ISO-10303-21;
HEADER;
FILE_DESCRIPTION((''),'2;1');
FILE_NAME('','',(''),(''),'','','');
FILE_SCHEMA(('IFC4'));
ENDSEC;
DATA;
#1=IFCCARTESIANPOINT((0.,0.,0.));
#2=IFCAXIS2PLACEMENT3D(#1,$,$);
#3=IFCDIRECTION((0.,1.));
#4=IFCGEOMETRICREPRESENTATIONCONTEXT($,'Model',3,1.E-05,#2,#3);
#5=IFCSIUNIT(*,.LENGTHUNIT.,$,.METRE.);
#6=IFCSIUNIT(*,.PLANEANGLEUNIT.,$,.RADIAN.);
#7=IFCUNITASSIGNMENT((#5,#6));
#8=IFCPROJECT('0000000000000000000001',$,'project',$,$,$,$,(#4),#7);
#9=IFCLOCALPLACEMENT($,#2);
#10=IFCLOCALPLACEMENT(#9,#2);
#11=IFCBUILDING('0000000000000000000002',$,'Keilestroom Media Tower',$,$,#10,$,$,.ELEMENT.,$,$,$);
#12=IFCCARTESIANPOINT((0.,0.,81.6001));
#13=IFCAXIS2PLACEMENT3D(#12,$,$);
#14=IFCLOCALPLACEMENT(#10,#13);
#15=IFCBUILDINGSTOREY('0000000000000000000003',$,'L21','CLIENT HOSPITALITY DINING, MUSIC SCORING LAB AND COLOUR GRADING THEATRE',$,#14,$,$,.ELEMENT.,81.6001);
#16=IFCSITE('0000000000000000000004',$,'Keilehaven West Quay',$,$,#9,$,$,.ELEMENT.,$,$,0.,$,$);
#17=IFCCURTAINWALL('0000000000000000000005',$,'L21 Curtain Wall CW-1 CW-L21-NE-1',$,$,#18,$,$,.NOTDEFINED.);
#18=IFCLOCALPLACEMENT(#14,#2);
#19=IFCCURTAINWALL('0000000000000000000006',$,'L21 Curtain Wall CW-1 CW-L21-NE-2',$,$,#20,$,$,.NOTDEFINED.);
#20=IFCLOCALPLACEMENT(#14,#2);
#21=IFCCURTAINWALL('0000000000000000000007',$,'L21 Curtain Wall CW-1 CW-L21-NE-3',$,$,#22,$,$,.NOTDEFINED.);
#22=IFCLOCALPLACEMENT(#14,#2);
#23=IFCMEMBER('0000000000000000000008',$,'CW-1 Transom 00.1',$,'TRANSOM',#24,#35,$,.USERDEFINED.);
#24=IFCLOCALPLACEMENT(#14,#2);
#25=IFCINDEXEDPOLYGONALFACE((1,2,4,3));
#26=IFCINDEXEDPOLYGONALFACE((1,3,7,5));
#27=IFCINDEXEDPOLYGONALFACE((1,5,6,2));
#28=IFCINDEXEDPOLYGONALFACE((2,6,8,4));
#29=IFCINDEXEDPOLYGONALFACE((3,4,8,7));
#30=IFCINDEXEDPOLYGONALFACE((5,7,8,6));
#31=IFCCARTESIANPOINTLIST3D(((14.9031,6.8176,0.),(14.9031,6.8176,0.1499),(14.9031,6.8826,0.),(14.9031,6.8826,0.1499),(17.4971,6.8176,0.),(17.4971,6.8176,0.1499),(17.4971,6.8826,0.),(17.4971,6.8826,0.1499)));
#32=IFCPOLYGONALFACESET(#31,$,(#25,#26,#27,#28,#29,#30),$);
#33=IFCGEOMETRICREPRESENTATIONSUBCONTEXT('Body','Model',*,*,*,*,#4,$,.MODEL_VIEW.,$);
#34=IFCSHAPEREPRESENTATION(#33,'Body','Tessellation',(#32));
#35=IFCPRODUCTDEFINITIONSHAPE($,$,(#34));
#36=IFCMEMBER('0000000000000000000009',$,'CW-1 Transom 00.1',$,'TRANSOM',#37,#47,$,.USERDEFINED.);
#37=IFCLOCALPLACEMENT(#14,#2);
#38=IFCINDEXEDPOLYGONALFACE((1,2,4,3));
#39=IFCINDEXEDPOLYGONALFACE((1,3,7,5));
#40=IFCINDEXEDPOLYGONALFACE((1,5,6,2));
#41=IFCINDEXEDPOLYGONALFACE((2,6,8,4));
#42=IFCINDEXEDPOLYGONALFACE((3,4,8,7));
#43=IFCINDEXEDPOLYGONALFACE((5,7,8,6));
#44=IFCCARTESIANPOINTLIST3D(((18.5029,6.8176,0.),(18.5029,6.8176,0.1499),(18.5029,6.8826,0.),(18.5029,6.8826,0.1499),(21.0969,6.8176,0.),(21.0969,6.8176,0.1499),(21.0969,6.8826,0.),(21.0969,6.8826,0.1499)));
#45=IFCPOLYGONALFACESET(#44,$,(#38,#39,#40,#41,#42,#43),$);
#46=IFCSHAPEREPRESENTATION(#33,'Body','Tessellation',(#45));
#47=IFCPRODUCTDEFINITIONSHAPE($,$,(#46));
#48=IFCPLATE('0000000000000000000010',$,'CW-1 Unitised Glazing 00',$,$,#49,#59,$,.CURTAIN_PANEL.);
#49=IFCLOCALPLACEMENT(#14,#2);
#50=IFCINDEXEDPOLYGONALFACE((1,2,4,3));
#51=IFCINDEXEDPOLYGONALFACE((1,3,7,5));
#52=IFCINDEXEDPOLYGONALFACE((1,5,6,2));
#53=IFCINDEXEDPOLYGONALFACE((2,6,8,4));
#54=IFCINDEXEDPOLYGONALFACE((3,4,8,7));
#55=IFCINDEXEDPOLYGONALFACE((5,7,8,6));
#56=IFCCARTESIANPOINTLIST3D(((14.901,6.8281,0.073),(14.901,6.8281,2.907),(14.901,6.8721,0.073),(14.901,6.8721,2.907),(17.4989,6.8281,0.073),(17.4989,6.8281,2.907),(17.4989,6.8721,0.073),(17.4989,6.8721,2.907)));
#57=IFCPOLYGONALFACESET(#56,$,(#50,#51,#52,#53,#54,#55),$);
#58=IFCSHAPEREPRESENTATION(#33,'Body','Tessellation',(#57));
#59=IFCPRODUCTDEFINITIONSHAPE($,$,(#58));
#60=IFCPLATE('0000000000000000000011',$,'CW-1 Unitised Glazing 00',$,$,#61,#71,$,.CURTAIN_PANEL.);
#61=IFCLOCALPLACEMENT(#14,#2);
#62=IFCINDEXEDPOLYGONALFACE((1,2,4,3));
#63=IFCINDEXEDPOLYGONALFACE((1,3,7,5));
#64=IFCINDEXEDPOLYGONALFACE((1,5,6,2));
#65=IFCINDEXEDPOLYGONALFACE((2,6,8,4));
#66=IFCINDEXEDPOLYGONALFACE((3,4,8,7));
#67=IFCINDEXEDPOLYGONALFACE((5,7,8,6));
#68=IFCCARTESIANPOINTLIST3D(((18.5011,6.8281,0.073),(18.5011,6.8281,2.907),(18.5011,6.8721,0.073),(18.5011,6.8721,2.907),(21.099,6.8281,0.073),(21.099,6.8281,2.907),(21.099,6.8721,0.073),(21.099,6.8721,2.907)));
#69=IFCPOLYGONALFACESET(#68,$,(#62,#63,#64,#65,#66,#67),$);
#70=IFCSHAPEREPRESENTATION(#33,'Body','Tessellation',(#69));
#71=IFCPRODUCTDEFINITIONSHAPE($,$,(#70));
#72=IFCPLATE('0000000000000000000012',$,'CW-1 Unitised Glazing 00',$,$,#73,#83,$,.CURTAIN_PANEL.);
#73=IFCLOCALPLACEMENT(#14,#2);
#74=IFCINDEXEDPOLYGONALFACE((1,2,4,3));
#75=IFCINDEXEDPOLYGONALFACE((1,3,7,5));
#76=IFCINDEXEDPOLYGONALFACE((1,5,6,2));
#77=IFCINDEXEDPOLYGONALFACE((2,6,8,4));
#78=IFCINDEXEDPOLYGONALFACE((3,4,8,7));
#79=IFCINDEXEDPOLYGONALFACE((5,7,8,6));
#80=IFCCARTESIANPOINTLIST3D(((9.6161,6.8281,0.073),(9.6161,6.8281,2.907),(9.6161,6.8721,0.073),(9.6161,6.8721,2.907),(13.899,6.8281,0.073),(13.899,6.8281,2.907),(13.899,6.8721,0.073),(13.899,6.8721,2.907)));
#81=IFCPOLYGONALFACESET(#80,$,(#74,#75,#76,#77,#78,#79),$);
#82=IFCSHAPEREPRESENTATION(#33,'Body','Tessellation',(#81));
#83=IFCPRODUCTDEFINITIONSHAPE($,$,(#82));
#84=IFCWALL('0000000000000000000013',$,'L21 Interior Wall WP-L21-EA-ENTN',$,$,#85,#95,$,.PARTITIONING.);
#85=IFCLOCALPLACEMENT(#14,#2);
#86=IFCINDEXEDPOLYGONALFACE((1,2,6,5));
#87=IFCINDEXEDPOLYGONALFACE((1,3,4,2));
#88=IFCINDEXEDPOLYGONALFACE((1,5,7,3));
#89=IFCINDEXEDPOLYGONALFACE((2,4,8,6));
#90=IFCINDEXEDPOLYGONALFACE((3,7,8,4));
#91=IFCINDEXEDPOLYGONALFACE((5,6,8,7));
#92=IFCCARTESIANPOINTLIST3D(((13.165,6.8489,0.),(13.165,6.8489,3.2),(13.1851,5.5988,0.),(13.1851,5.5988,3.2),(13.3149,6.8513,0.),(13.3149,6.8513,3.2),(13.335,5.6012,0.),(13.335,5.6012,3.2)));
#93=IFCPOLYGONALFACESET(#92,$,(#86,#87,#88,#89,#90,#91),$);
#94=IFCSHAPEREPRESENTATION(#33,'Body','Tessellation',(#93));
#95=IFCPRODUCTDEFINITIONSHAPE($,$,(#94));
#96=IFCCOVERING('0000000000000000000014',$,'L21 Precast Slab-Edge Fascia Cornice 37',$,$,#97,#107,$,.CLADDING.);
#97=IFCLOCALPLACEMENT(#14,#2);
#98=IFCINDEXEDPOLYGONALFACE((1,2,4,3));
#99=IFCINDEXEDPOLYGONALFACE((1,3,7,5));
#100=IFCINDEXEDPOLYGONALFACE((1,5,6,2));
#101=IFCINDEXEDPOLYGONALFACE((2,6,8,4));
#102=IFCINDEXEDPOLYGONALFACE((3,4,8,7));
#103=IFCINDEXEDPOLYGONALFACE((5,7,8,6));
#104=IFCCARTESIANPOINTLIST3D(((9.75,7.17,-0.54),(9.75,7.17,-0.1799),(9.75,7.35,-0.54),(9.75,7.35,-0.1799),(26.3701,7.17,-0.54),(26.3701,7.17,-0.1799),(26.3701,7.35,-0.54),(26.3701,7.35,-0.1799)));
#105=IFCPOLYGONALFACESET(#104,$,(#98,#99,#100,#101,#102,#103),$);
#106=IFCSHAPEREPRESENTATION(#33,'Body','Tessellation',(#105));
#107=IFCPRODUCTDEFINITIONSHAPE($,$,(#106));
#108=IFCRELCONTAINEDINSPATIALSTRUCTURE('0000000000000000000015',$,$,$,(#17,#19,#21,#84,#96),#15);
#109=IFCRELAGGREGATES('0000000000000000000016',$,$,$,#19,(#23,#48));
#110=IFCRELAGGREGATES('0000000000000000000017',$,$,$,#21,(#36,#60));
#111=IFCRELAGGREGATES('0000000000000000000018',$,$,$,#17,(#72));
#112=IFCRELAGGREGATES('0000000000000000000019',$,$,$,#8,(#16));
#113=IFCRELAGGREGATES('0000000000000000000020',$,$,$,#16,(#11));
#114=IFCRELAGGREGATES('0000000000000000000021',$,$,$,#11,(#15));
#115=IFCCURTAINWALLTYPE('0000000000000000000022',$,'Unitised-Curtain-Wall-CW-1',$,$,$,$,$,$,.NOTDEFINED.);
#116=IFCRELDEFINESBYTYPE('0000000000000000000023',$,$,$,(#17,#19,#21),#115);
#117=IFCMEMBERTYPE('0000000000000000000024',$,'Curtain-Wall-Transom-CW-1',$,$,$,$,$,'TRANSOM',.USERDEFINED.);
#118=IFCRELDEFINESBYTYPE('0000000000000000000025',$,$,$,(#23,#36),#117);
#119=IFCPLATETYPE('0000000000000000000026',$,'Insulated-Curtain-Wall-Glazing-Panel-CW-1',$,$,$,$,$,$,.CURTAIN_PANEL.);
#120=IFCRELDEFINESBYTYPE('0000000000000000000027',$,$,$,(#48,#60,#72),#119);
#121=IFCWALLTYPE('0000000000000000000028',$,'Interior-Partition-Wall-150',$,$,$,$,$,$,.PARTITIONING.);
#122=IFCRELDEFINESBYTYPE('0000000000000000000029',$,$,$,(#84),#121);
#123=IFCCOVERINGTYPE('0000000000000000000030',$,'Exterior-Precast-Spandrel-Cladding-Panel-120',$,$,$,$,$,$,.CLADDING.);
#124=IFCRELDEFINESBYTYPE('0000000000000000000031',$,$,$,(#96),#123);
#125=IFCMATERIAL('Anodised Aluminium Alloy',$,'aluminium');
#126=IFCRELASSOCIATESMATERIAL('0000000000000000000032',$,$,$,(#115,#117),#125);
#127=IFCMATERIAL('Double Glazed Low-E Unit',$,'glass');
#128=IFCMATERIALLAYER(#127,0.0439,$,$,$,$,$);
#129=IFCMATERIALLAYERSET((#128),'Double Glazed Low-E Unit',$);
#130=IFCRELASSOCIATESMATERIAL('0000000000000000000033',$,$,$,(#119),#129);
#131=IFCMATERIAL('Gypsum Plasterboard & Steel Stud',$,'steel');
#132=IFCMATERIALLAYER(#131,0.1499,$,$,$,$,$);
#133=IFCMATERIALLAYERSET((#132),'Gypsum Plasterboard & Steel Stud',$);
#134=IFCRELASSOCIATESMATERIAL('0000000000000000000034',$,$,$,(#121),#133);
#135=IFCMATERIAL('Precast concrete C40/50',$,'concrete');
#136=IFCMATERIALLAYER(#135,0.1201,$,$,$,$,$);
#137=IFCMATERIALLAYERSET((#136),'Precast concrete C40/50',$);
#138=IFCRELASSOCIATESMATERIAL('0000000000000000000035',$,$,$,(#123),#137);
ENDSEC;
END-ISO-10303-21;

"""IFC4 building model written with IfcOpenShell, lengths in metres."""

from ifc_helpers import new_model, si_unit, direction, frame, frame_2d, origin, origin_2d, place, context, subcontext, project, spatial, rectangle, extrude, source, transform, mapped, material, layer, layer_set, material_profile, profile_set, type_object, element, aggregate, save


model = new_model("IFC4")

# Units and contexts
model_context = context("Model", 3, precision=1e-05, world=origin(), true_north=direction((0.0, 1.0)))
body_context = subcontext(model_context, "Body", "Model", "MODEL_VIEW")
ifc_project = project(units=[si_unit("LENGTHUNIT", "METRE"), si_unit("PLANEANGLEUNIT", "RADIAN")], contexts=[model_context])

# Site, building, storey
site_placement = place(None, origin())
site = spatial("IfcSite", under=ifc_project, at=site_placement, Name="Keilehaven West Quay", CompositionType="ELEMENT", RefElevation=0.0)
building_placement = place(site_placement, origin())
building = spatial("IfcBuilding", under=site, at=building_placement, Name="Keilestroom Media Tower", CompositionType="ELEMENT")
storey_placement = place(building_placement, frame((0.0, 0.0, 81.6001)))
storey = spatial("IfcBuildingStorey", under=building, at=storey_placement, Name="L21", Description="CLIENT HOSPITALITY DINING, MUSIC SCORING LAB AND COLOUR GRADING THEATRE", CompositionType="ELEMENT", Elevation=81.6001)

# Shared definitions
ifc_material_1 = material(Name="Precast concrete C40/50", Category="concrete")

# Curtain wall
ifc_material_2 = material(Name="Anodised Aluminium Alloy", Category="aluminium")
curtain_wall_type = type_object("IfcCurtainWallType", Name="Unitised-Curtain-Wall-CW-1", PredefinedType="NOTDEFINED", material=ifc_material_2)
curtain_wall_1_placement = place(storey_placement, origin())
curtain_wall_1 = element("IfcCurtainWall", 1, at=curtain_wall_1_placement, inside=storey, type_object=curtain_wall_type, Name="L21 Curtain Wall CW-1 CW-L21-NE-1", PredefinedType="NOTDEFINED")

# Curtain walls
curtain_wall_2_placement = place(storey_placement, origin())
curtain_wall_2 = element("IfcCurtainWall", 2, at=curtain_wall_2_placement, inside=storey, type_object=curtain_wall_type, Name="L21 Curtain Wall CW-1 CW-L21-NE-2", PredefinedType="NOTDEFINED")
curtain_wall_3_placement = place(storey_placement, origin())
curtain_wall_3 = element("IfcCurtainWall", 3, at=curtain_wall_3_placement, inside=storey, type_object=curtain_wall_type, Name="L21 Curtain Wall CW-1 CW-L21-NE-3", PredefinedType="NOTDEFINED")

# Members
ifc_material_profile_1 = material_profile(ifc_material_2, rectangle(XDim=0.0649, YDim=0.1499, at=origin_2d()), Name="ALU TRANSOM 65x150")
ifc_profile_set_1 = profile_set([ifc_material_profile_1], Name="Anodised Aluminium Alloy")
member_type_1 = type_object("IfcMemberType", Name="Curtain-Wall-Transom-CW-1", ElementType="TRANSOM", PredefinedType="USERDEFINED", material=ifc_profile_set_1)
shared_shape_1 = source(origin(), body_context, "Body", "SweptSolid", [
    extrude(rectangle(XDim=0.0649, YDim=0.1499, at=origin_2d()), origin(), (0.0, 0.0, 1.0), 2.594),
])
member_1_placement = place(storey_placement, frame((14.9031, 6.8501, 0.075), z_axis=(1.0, 0.0, 0.0), x_axis=(0.0, 1.0, 0.0)))
member_1 = element("IfcMember", 4, at=member_1_placement, type_object=member_type_1, Name="CW-1 Transom 00.1", ObjectType="TRANSOM", PredefinedType="USERDEFINED", context=body_context, shape_type="MappedRepresentation", body=[
    mapped(shared_shape_1, transform((0.0, 0.0, 0.0), x_axis=(1.0, 0.0, 0.0), y_axis=(0.0, 1.0, 0.0), z_axis=(0.0, 0.0, 1.0), scale=1.0)),
])
member_2_placement = place(storey_placement, frame((18.5029, 6.8501, 0.075), z_axis=(1.0, 0.0, 0.0), x_axis=(0.0, 1.0, 0.0)))
member_2 = element("IfcMember", 5, at=member_2_placement, type_object=member_type_1, Name="CW-1 Transom 00.1", ObjectType="TRANSOM", PredefinedType="USERDEFINED", context=body_context, shape_type="MappedRepresentation", body=[
    mapped(shared_shape_1, transform((0.0, 0.0, 0.0), x_axis=(1.0, 0.0, 0.0), y_axis=(0.0, 1.0, 0.0), z_axis=(0.0, 0.0, 1.0), scale=1.0)),
])

# Plates
ifc_material_3 = material(Name="Double Glazed Low-E Unit", Category="glass")
ifc_layer_1 = layer(ifc_material_3, 0.0439)
ifc_layer_set_1 = layer_set([ifc_layer_1], Name="Double Glazed Low-E Unit")
plate_type = type_object("IfcPlateType", Name="Insulated-Curtain-Wall-Glazing-Panel-CW-1", PredefinedType="CURTAIN_PANEL", material=ifc_layer_set_1)
shared_shape_2 = source(origin(), body_context, "Body", "SweptSolid", [
    extrude(rectangle(XDim=2.5979, YDim=0.0439, at=origin_2d()), origin(), (0.0, 0.0, 1.0), 2.834),
])
plate_1_placement = place(storey_placement, frame((16.2, 6.8501, 0.073), z_axis=(0.0, 0.0, 1.0), x_axis=(1.0, 0.0, 0.0)))
plate_1 = element("IfcPlate", 6, at=plate_1_placement, type_object=plate_type, Name="CW-1 Unitised Glazing 00", PredefinedType="CURTAIN_PANEL", context=body_context, shape_type="MappedRepresentation", body=[
    mapped(shared_shape_2, transform((0.0, 0.0, 0.0), x_axis=(1.0, 0.0, 0.0), y_axis=(0.0, 1.0, 0.0), z_axis=(0.0, 0.0, 1.0), scale=1.0)),
])
aggregate(curtain_wall_2, [member_1, plate_1])
plate_2_placement = place(storey_placement, frame((19.8, 6.8501, 0.073), z_axis=(0.0, 0.0, 1.0), x_axis=(1.0, 0.0, 0.0)))
plate_2 = element("IfcPlate", 7, at=plate_2_placement, type_object=plate_type, Name="CW-1 Unitised Glazing 00", PredefinedType="CURTAIN_PANEL", context=body_context, shape_type="MappedRepresentation", body=[
    mapped(shared_shape_2, transform((0.0, 0.0, 0.0), x_axis=(1.0, 0.0, 0.0), y_axis=(0.0, 1.0, 0.0), z_axis=(0.0, 0.0, 1.0), scale=1.0)),
])
aggregate(curtain_wall_3, [member_2, plate_2])
shared_shape_3 = source(origin(), body_context, "Body", "SweptSolid", [
    extrude(rectangle(XDim=4.283, YDim=0.0439, at=origin_2d()), origin(), (0.0, 0.0, 1.0), 2.834),
])
plate_3_placement = place(storey_placement, frame((11.7576, 6.8501, 0.073), z_axis=(0.0, 0.0, 1.0), x_axis=(1.0, 0.0, 0.0)))
plate_3 = element("IfcPlate", 8, at=plate_3_placement, type_object=plate_type, Name="CW-1 Unitised Glazing 00", PredefinedType="CURTAIN_PANEL", context=body_context, shape_type="MappedRepresentation", body=[
    mapped(shared_shape_3, transform((0.0, 0.0, 0.0), x_axis=(1.0, 0.0, 0.0), y_axis=(0.0, 1.0, 0.0), z_axis=(0.0, 0.0, 1.0), scale=1.0)),
])
aggregate(curtain_wall_1, [plate_3])

# Wall
ifc_material_4 = material(Name="Gypsum Plasterboard & Steel Stud", Category="steel")
ifc_layer_2 = layer(ifc_material_4, 0.1499)
ifc_layer_set_2 = layer_set([ifc_layer_2], Name="Gypsum Plasterboard & Steel Stud")
wall_type = type_object("IfcWallType", Name="Interior-Partition-Wall-150", PredefinedType="PARTITIONING", material=ifc_layer_set_2)
wall_placement = place(storey_placement, frame((13.26, 5.6001, 0.0), z_axis=(0.0, 0.0, 1.0), x_axis=(-0.016014, 0.999872, 0.0)))
element("IfcWall", 9, at=wall_placement, inside=storey, type_object=wall_type, Name="L21 Interior Wall WP-L21-EA-ENTN", PredefinedType="PARTITIONING", context=body_context, shape_type="SweptSolid", body=[
    extrude(rectangle(XDim=1.2502, YDim=0.1499, at=frame_2d((0.625, 0.0))), origin(), (0.0, 0.0, 1.0), 3.2),
])

# Covering
ifc_layer_3 = layer(ifc_material_1, 0.1201)
ifc_layer_set_3 = layer_set([ifc_layer_3], Name="Precast concrete C40/50")
covering_type = type_object("IfcCoveringType", Name="Exterior-Precast-Spandrel-Cladding-Panel-120", PredefinedType="CLADDING", material=ifc_layer_set_3)
shared_shape_4 = source(origin(), body_context, "Body", "SweptSolid", [
    extrude(rectangle(XDim=16.6201, YDim=0.1799, at=origin_2d()), origin(), (0.0, 0.0, 1.0), 0.3601),
])
covering_placement = place(storey_placement, frame((18.0601, 7.26, -0.54), z_axis=(0.0, 0.0, 1.0), x_axis=(1.0, 0.0, 0.0)))
element("IfcCovering", 10, at=covering_placement, inside=storey, type_object=covering_type, Name="L21 Precast Slab-Edge Fascia Cornice 37", PredefinedType="CLADDING", context=body_context, shape_type="MappedRepresentation", body=[
    mapped(shared_shape_4, transform((0.0, 0.0, 0.0), x_axis=(1.0, 0.0, 0.0), y_axis=(0.0, 1.0, 0.0), z_axis=(0.0, 0.0, 1.0), scale=1.0)),
])

save(model, "model.ifc")
